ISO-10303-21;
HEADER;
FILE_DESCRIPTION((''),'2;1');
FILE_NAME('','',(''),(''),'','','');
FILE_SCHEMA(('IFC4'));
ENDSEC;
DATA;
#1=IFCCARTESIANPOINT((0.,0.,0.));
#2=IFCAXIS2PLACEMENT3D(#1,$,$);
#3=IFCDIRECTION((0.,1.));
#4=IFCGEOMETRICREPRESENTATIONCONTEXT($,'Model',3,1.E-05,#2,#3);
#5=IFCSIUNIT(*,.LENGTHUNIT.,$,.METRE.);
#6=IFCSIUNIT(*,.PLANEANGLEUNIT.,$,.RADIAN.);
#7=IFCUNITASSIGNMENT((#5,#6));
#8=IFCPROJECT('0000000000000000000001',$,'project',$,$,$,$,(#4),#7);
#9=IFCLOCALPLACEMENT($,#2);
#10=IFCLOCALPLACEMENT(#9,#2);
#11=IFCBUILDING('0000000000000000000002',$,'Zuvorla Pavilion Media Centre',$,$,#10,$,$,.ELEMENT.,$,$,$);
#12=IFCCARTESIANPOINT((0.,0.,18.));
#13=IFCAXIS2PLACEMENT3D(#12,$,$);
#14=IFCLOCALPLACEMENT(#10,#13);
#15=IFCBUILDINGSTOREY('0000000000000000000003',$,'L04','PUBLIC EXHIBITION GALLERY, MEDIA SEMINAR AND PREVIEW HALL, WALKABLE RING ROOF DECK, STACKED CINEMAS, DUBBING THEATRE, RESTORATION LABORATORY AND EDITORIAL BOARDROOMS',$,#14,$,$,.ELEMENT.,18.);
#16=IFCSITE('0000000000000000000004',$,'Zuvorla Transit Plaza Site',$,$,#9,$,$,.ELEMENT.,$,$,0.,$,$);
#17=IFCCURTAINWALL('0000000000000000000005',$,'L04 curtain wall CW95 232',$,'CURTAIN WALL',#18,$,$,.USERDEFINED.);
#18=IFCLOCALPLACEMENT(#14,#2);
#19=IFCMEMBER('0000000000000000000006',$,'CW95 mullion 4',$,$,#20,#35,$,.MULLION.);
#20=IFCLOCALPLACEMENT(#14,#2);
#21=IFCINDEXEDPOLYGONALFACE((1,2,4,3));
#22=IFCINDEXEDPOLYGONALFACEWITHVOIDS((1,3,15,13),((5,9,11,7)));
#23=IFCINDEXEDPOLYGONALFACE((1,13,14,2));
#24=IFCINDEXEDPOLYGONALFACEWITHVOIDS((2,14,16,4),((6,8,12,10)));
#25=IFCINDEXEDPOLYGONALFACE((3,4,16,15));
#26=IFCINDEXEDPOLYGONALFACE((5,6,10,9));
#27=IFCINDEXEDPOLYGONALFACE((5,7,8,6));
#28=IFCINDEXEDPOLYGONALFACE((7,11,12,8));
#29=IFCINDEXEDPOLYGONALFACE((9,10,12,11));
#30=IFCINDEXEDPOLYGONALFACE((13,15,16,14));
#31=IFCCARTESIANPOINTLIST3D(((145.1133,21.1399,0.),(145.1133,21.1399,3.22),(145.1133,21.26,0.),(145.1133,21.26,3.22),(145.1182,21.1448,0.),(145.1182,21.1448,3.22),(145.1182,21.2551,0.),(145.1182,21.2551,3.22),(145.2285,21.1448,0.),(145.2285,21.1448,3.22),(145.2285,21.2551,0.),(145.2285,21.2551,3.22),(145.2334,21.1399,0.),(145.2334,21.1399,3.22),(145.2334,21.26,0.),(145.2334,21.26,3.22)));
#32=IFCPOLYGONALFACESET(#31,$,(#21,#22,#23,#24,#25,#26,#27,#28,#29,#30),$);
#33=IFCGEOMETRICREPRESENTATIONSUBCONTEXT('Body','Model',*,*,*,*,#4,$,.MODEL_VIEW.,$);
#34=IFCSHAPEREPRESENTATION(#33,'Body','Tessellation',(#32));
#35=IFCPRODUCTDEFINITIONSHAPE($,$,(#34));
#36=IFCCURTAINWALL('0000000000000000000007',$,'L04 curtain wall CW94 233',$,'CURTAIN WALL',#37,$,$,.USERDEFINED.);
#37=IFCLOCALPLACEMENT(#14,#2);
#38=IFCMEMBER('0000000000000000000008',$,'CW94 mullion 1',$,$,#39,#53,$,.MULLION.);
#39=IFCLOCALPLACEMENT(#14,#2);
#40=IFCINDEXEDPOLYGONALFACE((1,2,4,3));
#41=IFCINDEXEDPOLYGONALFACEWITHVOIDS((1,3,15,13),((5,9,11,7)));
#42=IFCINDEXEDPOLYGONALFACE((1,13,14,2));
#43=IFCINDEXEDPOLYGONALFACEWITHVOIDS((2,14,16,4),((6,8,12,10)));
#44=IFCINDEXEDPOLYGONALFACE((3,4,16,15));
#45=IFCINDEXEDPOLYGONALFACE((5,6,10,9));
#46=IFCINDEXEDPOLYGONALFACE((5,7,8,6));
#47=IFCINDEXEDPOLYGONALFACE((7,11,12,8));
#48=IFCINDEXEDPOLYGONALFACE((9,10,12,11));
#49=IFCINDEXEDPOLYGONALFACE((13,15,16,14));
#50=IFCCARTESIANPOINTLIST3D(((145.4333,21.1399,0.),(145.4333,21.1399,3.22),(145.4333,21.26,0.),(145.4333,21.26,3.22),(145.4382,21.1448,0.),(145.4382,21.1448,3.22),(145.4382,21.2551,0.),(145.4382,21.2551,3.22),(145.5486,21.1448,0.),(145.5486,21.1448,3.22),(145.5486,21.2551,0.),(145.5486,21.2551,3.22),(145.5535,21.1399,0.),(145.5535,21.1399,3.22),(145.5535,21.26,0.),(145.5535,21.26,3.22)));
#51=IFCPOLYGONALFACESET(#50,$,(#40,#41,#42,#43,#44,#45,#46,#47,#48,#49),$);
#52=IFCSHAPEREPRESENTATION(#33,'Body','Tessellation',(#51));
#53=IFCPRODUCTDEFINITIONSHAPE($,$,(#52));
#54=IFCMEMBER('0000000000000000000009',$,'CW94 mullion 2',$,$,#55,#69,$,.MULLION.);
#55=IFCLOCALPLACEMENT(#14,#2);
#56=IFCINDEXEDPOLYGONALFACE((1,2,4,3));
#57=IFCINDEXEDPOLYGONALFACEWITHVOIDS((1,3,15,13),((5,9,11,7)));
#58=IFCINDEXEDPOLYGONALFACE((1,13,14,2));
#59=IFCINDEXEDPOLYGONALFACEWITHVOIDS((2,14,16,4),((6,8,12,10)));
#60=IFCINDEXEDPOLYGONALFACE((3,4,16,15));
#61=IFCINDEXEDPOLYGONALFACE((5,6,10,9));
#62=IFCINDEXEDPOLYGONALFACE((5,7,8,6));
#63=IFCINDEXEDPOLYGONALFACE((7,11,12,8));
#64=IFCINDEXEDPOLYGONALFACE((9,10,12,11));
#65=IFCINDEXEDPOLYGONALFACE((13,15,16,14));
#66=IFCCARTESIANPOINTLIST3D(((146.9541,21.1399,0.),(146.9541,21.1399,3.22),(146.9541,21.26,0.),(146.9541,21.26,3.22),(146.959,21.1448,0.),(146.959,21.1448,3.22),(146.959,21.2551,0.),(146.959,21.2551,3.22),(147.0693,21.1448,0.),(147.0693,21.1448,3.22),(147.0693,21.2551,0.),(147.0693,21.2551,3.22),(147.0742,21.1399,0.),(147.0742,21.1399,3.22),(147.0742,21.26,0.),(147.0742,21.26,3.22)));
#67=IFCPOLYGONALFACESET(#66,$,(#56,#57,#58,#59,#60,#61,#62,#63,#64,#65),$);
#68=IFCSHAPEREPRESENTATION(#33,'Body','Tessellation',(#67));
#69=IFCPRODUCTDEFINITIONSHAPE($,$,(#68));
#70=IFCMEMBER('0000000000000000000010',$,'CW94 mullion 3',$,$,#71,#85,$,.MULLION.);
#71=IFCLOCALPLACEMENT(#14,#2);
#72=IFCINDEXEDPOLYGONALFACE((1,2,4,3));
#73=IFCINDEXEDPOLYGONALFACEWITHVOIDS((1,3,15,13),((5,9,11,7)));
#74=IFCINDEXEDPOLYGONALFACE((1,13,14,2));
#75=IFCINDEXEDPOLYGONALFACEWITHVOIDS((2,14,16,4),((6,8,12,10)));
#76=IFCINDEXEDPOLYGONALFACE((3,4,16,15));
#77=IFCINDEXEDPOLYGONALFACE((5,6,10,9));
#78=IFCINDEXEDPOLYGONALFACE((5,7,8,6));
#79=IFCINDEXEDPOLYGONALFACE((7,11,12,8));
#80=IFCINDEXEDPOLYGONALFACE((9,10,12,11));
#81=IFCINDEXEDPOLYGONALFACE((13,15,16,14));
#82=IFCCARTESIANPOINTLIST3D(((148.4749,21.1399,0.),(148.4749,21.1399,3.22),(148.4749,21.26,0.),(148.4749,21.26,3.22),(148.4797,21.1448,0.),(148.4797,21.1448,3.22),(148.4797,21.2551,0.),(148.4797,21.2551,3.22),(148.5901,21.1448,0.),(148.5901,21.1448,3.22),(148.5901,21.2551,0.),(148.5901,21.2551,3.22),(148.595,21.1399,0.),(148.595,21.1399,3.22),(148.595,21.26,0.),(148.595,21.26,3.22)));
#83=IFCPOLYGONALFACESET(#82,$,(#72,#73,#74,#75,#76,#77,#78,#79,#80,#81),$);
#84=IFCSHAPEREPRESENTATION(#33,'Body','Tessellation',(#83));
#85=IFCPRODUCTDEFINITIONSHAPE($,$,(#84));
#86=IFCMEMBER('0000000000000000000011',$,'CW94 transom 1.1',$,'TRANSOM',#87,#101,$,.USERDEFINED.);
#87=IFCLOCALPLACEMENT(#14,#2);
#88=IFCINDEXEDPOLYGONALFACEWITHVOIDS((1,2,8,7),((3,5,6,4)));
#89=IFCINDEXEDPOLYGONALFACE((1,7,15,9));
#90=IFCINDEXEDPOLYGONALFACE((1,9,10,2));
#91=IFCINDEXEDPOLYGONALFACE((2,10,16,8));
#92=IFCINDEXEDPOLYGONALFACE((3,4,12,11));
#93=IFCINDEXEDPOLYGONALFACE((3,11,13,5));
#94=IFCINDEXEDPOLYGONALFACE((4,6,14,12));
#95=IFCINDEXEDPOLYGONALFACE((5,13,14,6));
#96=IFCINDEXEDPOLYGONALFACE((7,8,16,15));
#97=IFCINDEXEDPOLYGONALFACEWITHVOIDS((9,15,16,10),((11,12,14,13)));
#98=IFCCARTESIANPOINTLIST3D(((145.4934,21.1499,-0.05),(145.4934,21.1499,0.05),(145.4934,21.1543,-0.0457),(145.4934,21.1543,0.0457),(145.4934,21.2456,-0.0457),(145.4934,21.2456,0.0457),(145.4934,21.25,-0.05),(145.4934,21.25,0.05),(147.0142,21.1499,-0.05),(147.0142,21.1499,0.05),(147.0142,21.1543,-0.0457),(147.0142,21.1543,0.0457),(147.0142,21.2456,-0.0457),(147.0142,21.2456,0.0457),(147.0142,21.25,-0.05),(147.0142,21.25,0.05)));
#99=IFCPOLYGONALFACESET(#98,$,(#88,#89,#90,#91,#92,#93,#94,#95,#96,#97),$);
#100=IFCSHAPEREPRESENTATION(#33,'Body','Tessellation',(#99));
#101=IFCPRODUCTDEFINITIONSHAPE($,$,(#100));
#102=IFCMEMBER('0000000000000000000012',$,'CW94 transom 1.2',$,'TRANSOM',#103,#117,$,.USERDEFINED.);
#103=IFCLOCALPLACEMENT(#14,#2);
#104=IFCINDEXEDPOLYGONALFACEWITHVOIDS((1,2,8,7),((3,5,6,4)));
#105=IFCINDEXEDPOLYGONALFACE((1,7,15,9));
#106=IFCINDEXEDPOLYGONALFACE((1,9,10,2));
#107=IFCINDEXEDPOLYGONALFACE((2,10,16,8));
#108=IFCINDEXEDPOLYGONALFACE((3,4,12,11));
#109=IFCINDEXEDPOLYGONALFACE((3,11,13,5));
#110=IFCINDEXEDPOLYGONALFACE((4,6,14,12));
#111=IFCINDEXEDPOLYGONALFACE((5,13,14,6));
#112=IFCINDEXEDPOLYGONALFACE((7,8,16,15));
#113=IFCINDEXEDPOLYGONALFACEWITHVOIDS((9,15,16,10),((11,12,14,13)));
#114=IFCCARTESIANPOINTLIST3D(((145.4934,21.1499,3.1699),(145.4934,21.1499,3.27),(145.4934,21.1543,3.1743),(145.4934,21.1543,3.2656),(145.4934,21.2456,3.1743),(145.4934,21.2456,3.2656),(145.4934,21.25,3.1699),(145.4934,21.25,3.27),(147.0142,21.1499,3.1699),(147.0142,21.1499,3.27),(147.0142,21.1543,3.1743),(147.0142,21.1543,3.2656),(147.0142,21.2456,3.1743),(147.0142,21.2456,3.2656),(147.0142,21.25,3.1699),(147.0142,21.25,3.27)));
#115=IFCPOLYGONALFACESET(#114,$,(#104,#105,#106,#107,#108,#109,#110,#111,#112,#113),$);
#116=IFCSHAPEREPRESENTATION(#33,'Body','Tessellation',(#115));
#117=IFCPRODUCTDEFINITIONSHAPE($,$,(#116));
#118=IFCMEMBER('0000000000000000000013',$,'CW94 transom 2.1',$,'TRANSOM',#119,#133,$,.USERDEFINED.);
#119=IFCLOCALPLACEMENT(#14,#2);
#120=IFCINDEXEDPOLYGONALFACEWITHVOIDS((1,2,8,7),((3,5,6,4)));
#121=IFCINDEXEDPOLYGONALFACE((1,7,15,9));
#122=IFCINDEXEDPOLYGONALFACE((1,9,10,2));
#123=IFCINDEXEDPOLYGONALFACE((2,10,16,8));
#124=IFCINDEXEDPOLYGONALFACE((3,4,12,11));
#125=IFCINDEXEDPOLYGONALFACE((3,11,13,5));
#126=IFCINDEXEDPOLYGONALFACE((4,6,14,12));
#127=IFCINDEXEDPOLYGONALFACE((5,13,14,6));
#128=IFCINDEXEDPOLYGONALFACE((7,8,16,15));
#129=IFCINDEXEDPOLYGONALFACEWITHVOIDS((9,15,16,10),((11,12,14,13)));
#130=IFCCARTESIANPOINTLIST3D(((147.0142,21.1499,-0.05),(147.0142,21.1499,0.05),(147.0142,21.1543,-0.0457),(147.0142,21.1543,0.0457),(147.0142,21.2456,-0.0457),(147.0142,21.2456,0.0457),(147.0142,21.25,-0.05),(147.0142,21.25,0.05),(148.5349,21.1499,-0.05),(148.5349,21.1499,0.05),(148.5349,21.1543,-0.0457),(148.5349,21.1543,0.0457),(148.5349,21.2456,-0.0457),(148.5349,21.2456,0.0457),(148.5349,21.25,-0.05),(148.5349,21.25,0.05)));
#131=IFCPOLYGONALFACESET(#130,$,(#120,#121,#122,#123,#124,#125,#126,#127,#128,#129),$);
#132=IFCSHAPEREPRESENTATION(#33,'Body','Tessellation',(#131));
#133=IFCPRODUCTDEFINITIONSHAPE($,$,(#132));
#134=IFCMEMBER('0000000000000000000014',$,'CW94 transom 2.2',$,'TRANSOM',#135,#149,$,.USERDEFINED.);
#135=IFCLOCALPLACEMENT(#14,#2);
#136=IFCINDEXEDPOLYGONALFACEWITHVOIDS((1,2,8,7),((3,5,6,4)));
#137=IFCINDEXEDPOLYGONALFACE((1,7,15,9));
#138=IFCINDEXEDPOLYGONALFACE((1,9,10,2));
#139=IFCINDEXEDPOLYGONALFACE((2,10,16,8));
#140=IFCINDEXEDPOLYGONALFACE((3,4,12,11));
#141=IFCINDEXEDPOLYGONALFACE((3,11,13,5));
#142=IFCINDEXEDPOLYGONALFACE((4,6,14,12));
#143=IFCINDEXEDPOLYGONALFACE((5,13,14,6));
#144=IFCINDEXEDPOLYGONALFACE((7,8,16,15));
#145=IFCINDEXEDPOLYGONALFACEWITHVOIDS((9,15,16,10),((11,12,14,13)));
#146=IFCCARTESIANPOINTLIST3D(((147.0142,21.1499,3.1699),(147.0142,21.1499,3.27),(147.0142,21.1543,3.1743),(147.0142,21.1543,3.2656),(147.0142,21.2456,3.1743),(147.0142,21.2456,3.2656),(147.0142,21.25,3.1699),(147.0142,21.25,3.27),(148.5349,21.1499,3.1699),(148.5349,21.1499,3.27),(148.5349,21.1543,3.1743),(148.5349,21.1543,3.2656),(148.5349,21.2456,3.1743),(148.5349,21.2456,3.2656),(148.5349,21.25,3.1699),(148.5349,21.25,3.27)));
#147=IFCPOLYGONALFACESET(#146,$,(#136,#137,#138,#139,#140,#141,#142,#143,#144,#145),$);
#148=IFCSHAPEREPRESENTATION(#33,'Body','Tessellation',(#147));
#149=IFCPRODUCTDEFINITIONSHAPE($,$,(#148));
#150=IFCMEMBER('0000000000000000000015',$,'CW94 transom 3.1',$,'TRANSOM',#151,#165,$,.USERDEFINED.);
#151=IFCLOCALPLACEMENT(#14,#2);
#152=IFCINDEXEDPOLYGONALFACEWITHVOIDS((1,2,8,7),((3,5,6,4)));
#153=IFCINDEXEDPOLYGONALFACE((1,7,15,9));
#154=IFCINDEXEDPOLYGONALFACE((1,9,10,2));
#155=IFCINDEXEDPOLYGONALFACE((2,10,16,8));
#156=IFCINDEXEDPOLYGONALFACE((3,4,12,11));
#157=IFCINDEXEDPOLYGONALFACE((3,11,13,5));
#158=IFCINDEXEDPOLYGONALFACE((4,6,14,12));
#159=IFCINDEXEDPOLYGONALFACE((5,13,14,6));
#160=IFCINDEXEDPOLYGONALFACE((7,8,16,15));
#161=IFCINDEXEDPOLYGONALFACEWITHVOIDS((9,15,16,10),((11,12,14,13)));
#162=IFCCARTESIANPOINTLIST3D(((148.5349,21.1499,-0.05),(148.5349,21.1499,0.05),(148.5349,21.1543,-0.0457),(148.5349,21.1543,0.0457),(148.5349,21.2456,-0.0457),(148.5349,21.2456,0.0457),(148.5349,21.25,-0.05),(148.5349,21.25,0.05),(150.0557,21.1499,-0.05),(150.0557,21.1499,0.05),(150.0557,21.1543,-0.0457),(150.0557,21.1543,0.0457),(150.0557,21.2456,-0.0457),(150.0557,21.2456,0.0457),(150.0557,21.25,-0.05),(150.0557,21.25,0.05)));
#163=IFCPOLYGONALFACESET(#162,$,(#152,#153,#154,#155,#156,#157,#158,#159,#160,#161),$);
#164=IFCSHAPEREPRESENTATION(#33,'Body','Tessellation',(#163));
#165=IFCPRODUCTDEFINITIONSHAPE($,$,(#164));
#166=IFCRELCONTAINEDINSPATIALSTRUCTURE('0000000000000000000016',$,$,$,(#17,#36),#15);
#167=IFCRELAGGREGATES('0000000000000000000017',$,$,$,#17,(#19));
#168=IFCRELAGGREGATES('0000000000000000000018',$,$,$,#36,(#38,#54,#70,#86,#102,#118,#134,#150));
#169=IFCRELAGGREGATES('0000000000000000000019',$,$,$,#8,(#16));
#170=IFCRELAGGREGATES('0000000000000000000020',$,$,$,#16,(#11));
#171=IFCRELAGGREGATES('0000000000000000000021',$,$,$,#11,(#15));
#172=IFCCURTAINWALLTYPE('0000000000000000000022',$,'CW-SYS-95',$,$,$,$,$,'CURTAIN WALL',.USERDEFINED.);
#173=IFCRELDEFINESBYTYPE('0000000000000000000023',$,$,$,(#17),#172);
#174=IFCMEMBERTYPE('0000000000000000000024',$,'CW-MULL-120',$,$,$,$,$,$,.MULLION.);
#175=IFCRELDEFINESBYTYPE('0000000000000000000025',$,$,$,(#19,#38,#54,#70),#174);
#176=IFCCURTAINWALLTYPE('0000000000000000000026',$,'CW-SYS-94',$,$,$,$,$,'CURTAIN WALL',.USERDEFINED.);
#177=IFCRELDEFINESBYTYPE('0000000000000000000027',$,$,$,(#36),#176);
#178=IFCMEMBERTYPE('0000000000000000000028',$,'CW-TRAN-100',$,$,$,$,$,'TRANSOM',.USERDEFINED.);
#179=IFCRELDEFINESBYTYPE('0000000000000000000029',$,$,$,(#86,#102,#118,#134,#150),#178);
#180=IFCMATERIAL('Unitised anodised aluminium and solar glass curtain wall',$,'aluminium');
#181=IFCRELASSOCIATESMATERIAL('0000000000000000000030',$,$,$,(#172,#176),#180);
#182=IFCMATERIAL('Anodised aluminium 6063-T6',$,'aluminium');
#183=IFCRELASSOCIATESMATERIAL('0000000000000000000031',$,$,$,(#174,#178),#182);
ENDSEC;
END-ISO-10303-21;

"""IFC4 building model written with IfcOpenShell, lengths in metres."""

from ifc_helpers import new_model, si_unit, direction, frame, origin, origin_2d, place, context, subcontext, project, spatial, hollow_rectangle, extrude, material, material_profile, profile_set, type_object, element, aggregate, save


model = new_model("IFC4")

# Units and contexts
model_context = context("Model", 3, precision=1e-05, world=origin(), true_north=direction((0.0, 1.0)))
body_context = subcontext(model_context, "Body", "Model", "MODEL_VIEW")
ifc_project = project(units=[si_unit("LENGTHUNIT", "METRE"), si_unit("PLANEANGLEUNIT", "RADIAN")], contexts=[model_context])

# Site, building, storey
site_placement = place(None, origin())
site = spatial("IfcSite", under=ifc_project, at=site_placement, Name="Zuvorla Transit Plaza Site", CompositionType="ELEMENT", RefElevation=0.0)
building_placement = place(site_placement, origin())
building = spatial("IfcBuilding", under=site, at=building_placement, Name="Zuvorla Pavilion Media Centre", CompositionType="ELEMENT")
storey_placement = place(building_placement, frame((0.0, 0.0, 18.0)))
storey = spatial("IfcBuildingStorey", under=building, at=storey_placement, Name="L04", Description="PUBLIC EXHIBITION GALLERY, MEDIA SEMINAR AND PREVIEW HALL, WALKABLE RING ROOF DECK, STACKED CINEMAS, DUBBING THEATRE, RESTORATION LABORATORY AND EDITORIAL BOARDROOMS", CompositionType="ELEMENT", Elevation=18.0)

# Curtain wall, member
ifc_material_1 = material(Name="Unitised anodised aluminium and solar glass curtain wall", Category="aluminium")
curtain_wall_type_1 = type_object("IfcCurtainWallType", Name="CW-SYS-95", ElementType="CURTAIN WALL", PredefinedType="USERDEFINED", material=ifc_material_1)
curtain_wall_1_placement = place(storey_placement, origin())
curtain_wall_1 = element("IfcCurtainWall", 1, at=curtain_wall_1_placement, inside=storey, type_object=curtain_wall_type_1, Name="L04 curtain wall CW95 232", ObjectType="CURTAIN WALL", PredefinedType="USERDEFINED")
ifc_material_2 = material(Name="Anodised aluminium 6063-T6", Category="aluminium")
ifc_material_profile_1 = material_profile(ifc_material_2, hollow_rectangle(XDim=0.1201, YDim=0.1201, WallThickness=0.0049, at=origin_2d()), Name="ALU MULL 120x120")
ifc_profile_set_1 = profile_set([ifc_material_profile_1], Name="Anodised aluminium 6063-T6")
member_type_1 = type_object("IfcMemberType", Name="CW-MULL-120", PredefinedType="MULLION", material=ifc_profile_set_1)
member_1_placement = place(storey_placement, frame((145.1733, 21.2, 0.0), z_axis=(0.0, 0.0, 1.0), x_axis=(1.0, 0.0, 0.0)))
member_1 = element("IfcMember", 2, at=member_1_placement, type_object=member_type_1, Name="CW95 mullion 4", PredefinedType="MULLION", context=body_context, shape_type="SweptSolid", body=[
    extrude(hollow_rectangle(XDim=0.1201, YDim=0.1201, WallThickness=0.0049, at=origin_2d()), origin(), (0.0, 0.0, 1.0), 3.22),
])

# Curtain wall, members
curtain_wall_type_2 = type_object("IfcCurtainWallType", Name="CW-SYS-94", ElementType="CURTAIN WALL", PredefinedType="USERDEFINED", material=ifc_material_1)
curtain_wall_2_placement = place(storey_placement, origin())
curtain_wall_2 = element("IfcCurtainWall", 3, at=curtain_wall_2_placement, inside=storey, type_object=curtain_wall_type_2, Name="L04 curtain wall CW94 233", ObjectType="CURTAIN WALL", PredefinedType="USERDEFINED")
member_2_placement = place(storey_placement, frame((145.4934, 21.2, 0.0), z_axis=(0.0, 0.0, 1.0), x_axis=(1.0, 0.0, 0.0)))
member_2 = element("IfcMember", 4, at=member_2_placement, type_object=member_type_1, Name="CW94 mullion 1", PredefinedType="MULLION", context=body_context, shape_type="SweptSolid", body=[
    extrude(hollow_rectangle(XDim=0.1201, YDim=0.1201, WallThickness=0.0049, at=origin_2d()), origin(), (0.0, 0.0, 1.0), 3.22),
])
member_3_placement = place(storey_placement, frame((147.0142, 21.2, 0.0), z_axis=(0.0, 0.0, 1.0), x_axis=(1.0, 0.0, 0.0)))
member_3 = element("IfcMember", 5, at=member_3_placement, type_object=member_type_1, Name="CW94 mullion 2", PredefinedType="MULLION", context=body_context, shape_type="SweptSolid", body=[
    extrude(hollow_rectangle(XDim=0.1201, YDim=0.1201, WallThickness=0.0049, at=origin_2d()), origin(), (0.0, 0.0, 1.0), 3.22),
])
member_4_placement = place(storey_placement, frame((148.5349, 21.2, 0.0), z_axis=(0.0, 0.0, 1.0), x_axis=(1.0, 0.0, 0.0)))
member_4 = element("IfcMember", 6, at=member_4_placement, type_object=member_type_1, Name="CW94 mullion 3", PredefinedType="MULLION", context=body_context, shape_type="SweptSolid", body=[
    extrude(hollow_rectangle(XDim=0.1201, YDim=0.1201, WallThickness=0.0049, at=origin_2d()), origin(), (0.0, 0.0, 1.0), 3.22),
])
ifc_material_profile_2 = material_profile(ifc_material_2, hollow_rectangle(XDim=0.1001, YDim=0.1001, WallThickness=0.0044, at=origin_2d()), Name="ALU TRAN 100x100")
ifc_profile_set_2 = profile_set([ifc_material_profile_2], Name="Anodised aluminium 6063-T6")
member_type_2 = type_object("IfcMemberType", Name="CW-TRAN-100", ElementType="TRANSOM", PredefinedType="USERDEFINED", material=ifc_profile_set_2)
member_5_placement = place(storey_placement, frame((145.4934, 21.2, 0.0), z_axis=(1.0, 0.0, 0.0), x_axis=(0.0, 1.0, 0.0)))
member_5 = element("IfcMember", 7, at=member_5_placement, type_object=member_type_2, Name="CW94 transom 1.1", ObjectType="TRANSOM", PredefinedType="USERDEFINED", context=body_context, shape_type="SweptSolid", body=[
    extrude(hollow_rectangle(XDim=0.1001, YDim=0.1001, WallThickness=0.0044, at=origin_2d()), origin(), (0.0, 0.0, 1.0), 1.5208),
])
member_6_placement = place(storey_placement, frame((145.4934, 21.2, 3.22), z_axis=(1.0, 0.0, 0.0), x_axis=(0.0, 1.0, 0.0)))
member_6 = element("IfcMember", 8, at=member_6_placement, type_object=member_type_2, Name="CW94 transom 1.2", ObjectType="TRANSOM", PredefinedType="USERDEFINED", context=body_context, shape_type="SweptSolid", body=[
    extrude(hollow_rectangle(XDim=0.1001, YDim=0.1001, WallThickness=0.0044, at=origin_2d()), origin(), (0.0, 0.0, 1.0), 1.5208),
])
member_7_placement = place(storey_placement, frame((147.0142, 21.2, 0.0), z_axis=(1.0, 0.0, 0.0), x_axis=(0.0, 1.0, 0.0)))
member_7 = element("IfcMember", 9, at=member_7_placement, type_object=member_type_2, Name="CW94 transom 2.1", ObjectType="TRANSOM", PredefinedType="USERDEFINED", context=body_context, shape_type="SweptSolid", body=[
    extrude(hollow_rectangle(XDim=0.1001, YDim=0.1001, WallThickness=0.0044, at=origin_2d()), origin(), (0.0, 0.0, 1.0), 1.5208),
])
member_8_placement = place(storey_placement, frame((147.0142, 21.2, 3.22), z_axis=(1.0, 0.0, 0.0), x_axis=(0.0, 1.0, 0.0)))
member_8 = element("IfcMember", 10, at=member_8_placement, type_object=member_type_2, Name="CW94 transom 2.2", ObjectType="TRANSOM", PredefinedType="USERDEFINED", context=body_context, shape_type="SweptSolid", body=[
    extrude(hollow_rectangle(XDim=0.1001, YDim=0.1001, WallThickness=0.0044, at=origin_2d()), origin(), (0.0, 0.0, 1.0), 1.5208),
])
member_9_placement = place(storey_placement, frame((148.5349, 21.2, 0.0), z_axis=(1.0, 0.0, 0.0), x_axis=(0.0, 1.0, 0.0)))
member_9 = element("IfcMember", 11, at=member_9_placement, type_object=member_type_2, Name="CW94 transom 3.1", ObjectType="TRANSOM", PredefinedType="USERDEFINED", context=body_context, shape_type="SweptSolid", body=[
    extrude(hollow_rectangle(XDim=0.1001, YDim=0.1001, WallThickness=0.0044, at=origin_2d()), origin(), (0.0, 0.0, 1.0), 1.5208),
])

aggregate(curtain_wall_1, [member_1])
aggregate(curtain_wall_2, [member_2, member_3, member_4, member_5, member_6, member_7, member_8, member_9])

save(model, "model.ifc")
